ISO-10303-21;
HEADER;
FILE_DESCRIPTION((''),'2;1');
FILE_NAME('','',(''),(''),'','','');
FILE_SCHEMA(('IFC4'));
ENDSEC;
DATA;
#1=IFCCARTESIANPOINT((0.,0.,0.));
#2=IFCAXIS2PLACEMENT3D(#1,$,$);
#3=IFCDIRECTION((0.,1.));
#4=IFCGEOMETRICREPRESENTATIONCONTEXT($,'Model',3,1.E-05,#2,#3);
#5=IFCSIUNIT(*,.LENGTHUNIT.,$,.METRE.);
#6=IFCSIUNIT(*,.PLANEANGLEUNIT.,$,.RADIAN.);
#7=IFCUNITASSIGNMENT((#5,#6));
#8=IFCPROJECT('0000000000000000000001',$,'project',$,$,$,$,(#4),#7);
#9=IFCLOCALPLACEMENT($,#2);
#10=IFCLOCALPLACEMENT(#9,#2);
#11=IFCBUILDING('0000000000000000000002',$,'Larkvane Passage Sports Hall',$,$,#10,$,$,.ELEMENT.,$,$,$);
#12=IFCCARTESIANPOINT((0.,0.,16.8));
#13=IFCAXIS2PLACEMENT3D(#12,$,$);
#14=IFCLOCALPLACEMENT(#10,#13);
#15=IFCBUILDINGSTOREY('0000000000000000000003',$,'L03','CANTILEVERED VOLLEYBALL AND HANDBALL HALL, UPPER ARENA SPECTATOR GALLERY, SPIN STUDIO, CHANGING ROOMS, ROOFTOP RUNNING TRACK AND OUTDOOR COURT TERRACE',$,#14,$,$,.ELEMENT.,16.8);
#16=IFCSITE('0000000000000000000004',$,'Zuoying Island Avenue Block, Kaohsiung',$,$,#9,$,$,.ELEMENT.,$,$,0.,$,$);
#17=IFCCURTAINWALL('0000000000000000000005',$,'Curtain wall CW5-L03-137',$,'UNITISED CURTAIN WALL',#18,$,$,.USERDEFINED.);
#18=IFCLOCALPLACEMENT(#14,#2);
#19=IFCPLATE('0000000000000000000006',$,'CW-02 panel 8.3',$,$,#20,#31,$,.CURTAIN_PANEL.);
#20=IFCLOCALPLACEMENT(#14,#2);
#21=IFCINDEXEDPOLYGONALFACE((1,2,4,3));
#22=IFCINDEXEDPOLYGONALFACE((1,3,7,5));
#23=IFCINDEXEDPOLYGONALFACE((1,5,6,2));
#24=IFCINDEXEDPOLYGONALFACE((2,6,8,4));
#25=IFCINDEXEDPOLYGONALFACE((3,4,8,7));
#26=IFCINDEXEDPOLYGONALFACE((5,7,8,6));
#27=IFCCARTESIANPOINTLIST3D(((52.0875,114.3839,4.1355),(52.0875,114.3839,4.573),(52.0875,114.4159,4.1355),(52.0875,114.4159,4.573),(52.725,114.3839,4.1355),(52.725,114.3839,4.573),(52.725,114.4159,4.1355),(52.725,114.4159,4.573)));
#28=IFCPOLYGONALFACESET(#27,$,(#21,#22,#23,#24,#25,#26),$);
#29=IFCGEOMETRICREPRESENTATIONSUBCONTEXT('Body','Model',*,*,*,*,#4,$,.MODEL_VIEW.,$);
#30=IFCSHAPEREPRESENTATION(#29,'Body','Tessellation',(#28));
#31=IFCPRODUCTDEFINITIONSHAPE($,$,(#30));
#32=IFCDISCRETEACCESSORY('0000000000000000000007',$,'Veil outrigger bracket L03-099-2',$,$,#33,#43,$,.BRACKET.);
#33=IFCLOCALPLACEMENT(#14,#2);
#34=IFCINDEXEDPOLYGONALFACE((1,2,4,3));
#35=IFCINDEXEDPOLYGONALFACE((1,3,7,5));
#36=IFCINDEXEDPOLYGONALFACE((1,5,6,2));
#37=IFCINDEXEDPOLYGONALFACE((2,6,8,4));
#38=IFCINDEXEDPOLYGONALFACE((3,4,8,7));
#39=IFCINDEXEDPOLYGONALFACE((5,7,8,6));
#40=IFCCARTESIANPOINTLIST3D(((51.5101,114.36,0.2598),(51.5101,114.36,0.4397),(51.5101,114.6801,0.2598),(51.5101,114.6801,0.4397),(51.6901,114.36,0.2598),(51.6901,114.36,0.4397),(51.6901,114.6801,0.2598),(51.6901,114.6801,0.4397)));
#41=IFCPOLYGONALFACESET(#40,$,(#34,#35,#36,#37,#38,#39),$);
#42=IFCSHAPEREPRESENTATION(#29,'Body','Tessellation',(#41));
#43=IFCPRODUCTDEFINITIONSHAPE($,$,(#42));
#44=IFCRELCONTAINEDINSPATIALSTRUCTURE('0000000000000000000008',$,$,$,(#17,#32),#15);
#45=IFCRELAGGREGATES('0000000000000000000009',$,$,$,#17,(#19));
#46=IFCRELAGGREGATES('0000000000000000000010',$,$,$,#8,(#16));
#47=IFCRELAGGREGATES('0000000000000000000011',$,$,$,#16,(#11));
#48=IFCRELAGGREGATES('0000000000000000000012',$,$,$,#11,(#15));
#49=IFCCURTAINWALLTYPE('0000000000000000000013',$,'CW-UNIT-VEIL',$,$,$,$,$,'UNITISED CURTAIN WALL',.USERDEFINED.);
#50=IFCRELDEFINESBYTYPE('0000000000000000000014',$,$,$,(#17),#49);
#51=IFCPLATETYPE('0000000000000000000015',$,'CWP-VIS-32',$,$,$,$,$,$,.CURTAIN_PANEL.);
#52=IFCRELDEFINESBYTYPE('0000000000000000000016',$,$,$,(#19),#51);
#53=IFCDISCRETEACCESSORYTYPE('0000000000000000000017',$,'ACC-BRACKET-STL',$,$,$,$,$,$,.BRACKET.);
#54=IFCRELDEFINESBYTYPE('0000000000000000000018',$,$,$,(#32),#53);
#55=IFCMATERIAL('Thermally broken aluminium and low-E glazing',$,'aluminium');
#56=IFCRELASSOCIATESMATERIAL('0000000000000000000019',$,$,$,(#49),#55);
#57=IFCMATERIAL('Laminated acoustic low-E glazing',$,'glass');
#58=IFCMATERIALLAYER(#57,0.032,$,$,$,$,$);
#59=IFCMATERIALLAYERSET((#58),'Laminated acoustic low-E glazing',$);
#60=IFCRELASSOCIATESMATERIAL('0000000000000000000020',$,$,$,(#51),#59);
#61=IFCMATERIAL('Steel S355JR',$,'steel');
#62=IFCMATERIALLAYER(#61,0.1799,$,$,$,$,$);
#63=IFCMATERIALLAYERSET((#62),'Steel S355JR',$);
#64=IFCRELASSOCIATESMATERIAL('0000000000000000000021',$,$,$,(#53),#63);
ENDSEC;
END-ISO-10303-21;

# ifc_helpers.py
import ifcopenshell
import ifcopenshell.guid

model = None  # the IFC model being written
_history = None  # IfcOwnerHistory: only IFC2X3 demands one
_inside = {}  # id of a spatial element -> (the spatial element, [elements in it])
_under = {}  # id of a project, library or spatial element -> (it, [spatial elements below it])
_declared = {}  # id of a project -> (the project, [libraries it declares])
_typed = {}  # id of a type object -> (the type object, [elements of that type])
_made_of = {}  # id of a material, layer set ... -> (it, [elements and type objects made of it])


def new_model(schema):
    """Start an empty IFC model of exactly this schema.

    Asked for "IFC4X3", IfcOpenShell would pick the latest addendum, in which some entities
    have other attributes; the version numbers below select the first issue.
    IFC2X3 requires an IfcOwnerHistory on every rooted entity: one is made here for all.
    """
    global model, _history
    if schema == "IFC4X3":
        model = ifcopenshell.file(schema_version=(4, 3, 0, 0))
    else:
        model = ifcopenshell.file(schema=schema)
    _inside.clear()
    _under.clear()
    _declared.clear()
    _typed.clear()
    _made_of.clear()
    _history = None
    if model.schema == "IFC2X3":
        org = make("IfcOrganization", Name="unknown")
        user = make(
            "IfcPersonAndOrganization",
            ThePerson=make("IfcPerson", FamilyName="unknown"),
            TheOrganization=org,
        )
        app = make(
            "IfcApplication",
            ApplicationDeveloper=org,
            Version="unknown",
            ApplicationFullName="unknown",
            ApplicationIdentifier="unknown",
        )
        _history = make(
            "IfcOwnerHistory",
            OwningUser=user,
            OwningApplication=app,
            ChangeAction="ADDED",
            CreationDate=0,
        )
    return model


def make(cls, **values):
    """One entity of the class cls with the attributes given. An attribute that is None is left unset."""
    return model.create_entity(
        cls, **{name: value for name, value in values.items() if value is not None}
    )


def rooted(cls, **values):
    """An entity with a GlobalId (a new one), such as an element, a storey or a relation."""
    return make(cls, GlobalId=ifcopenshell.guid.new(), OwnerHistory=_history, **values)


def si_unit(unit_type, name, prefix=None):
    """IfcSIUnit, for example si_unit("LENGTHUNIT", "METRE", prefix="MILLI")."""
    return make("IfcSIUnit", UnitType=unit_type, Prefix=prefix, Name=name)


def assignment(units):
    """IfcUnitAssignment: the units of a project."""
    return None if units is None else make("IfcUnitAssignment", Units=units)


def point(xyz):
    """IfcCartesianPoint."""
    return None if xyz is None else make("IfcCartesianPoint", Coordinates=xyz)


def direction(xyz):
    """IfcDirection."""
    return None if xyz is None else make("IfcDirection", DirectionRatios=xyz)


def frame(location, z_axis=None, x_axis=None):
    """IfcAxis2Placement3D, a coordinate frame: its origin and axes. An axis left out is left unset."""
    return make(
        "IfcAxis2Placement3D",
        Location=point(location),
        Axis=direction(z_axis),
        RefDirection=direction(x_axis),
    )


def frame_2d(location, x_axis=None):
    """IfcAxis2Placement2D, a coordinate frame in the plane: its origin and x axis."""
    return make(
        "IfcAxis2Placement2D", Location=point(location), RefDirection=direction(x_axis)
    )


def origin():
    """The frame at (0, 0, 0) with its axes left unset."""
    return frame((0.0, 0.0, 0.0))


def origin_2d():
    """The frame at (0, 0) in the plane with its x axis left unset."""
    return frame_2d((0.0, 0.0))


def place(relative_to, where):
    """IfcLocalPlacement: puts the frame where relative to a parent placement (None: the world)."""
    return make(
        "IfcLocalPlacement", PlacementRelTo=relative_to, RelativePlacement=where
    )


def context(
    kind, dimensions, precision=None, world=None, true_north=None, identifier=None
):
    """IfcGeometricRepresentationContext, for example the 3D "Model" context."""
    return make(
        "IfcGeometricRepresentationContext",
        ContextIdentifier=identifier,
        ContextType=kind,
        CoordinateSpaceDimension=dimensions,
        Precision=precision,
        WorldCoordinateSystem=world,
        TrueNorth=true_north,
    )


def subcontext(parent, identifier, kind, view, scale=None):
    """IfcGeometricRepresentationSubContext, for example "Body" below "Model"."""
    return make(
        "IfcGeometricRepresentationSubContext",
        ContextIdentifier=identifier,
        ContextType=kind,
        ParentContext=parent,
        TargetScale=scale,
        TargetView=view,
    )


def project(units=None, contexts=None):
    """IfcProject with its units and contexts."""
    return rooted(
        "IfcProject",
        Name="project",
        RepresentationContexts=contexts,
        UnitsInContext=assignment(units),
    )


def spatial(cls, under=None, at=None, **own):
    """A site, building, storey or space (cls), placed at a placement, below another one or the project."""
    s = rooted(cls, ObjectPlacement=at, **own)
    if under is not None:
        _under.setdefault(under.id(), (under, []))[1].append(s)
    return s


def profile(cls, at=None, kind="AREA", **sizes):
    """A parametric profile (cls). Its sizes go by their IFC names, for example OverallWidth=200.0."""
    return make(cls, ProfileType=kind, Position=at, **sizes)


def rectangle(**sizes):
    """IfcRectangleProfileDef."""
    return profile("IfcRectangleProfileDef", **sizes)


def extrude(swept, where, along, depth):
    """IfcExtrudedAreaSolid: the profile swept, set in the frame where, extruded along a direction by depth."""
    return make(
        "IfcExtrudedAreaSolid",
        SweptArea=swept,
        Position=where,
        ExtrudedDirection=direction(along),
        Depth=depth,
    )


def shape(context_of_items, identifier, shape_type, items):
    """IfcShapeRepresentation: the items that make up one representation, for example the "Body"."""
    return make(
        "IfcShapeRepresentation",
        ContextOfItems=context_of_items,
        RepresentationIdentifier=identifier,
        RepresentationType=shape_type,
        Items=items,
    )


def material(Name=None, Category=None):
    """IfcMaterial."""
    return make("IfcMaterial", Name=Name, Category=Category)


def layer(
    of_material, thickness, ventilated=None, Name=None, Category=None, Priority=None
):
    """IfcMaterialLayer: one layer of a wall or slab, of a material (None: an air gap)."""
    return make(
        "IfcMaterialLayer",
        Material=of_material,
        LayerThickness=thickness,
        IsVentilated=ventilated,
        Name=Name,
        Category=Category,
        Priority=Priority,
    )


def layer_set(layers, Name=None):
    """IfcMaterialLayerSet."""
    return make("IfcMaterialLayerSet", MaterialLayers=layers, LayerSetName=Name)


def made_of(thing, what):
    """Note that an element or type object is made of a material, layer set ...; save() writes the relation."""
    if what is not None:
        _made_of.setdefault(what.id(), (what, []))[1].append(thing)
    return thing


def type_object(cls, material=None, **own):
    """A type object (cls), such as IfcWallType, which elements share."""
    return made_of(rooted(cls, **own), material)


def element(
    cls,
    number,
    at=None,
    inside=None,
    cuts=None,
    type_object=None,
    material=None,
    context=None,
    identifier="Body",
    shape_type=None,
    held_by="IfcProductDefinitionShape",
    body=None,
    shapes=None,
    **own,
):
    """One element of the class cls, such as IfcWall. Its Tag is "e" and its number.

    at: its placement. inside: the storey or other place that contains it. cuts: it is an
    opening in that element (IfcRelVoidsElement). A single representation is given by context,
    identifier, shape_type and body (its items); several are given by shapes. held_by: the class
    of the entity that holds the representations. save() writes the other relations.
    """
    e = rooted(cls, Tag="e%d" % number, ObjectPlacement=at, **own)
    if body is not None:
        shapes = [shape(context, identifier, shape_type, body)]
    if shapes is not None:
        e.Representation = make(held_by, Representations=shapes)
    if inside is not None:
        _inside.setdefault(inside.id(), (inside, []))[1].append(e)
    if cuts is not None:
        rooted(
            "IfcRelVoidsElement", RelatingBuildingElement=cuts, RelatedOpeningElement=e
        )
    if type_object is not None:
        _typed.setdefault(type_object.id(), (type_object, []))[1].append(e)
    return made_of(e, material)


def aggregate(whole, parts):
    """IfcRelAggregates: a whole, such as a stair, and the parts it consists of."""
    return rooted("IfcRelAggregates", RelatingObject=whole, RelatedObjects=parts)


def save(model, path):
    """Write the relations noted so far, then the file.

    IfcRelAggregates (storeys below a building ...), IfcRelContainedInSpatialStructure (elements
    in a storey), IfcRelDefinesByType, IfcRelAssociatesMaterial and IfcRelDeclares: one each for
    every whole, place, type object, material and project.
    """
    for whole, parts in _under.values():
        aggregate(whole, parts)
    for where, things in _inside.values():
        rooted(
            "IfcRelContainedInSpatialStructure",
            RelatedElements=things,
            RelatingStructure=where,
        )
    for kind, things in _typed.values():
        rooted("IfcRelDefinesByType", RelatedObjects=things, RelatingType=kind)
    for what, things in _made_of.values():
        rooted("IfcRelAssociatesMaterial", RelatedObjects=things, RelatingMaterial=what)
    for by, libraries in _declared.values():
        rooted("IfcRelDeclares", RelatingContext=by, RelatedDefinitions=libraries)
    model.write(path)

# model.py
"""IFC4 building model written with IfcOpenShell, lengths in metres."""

from ifc_helpers import new_model, si_unit, direction, frame, origin, origin_2d, place, context, subcontext, project, spatial, rectangle, extrude, material, layer, layer_set, type_object, element, aggregate, save


model = new_model("IFC4")

# Units and contexts
model_context = context("Model", 3, precision=1e-05, world=origin(), true_north=direction((0.0, 1.0)))
body_context = subcontext(model_context, "Body", "Model", "MODEL_VIEW")
ifc_project = project(units=[si_unit("LENGTHUNIT", "METRE"), si_unit("PLANEANGLEUNIT", "RADIAN")], contexts=[model_context])

# Site, building, storey
site_placement = place(None, origin())
site = spatial("IfcSite", under=ifc_project, at=site_placement, Name="Zuoying Island Avenue Block, Kaohsiung", CompositionType="ELEMENT", RefElevation=0.0)
building_placement = place(site_placement, origin())
building = spatial("IfcBuilding", under=site, at=building_placement, Name="Larkvane Passage Sports Hall", CompositionType="ELEMENT")
storey_placement = place(building_placement, frame((0.0, 0.0, 16.8)))
storey = spatial("IfcBuildingStorey", under=building, at=storey_placement, Name="L03", Description="CANTILEVERED VOLLEYBALL AND HANDBALL HALL, UPPER ARENA SPECTATOR GALLERY, SPIN STUDIO, CHANGING ROOMS, ROOFTOP RUNNING TRACK AND OUTDOOR COURT TERRACE", CompositionType="ELEMENT", Elevation=16.8)

# Curtain wall, plate
ifc_material_1 = material(Name="Thermally broken aluminium and low-E glazing", Category="aluminium")
curtain_wall_type = type_object("IfcCurtainWallType", Name="CW-UNIT-VEIL", ElementType="UNITISED CURTAIN WALL", PredefinedType="USERDEFINED", material=ifc_material_1)
curtain_wall_placement = place(storey_placement, origin())
curtain_wall = element("IfcCurtainWall", 1, at=curtain_wall_placement, inside=storey, type_object=curtain_wall_type, Name="Curtain wall CW5-L03-137", ObjectType="UNITISED CURTAIN WALL", PredefinedType="USERDEFINED")
ifc_material_2 = material(Name="Laminated acoustic low-E glazing", Category="glass")
ifc_layer_1 = layer(ifc_material_2, 0.032)
ifc_layer_set_1 = layer_set([ifc_layer_1], Name="Laminated acoustic low-E glazing")
plate_type_1 = type_object("IfcPlateType", Name="CWP-VIS-32", PredefinedType="CURTAIN_PANEL", material=ifc_layer_set_1)
plate_1_placement = place(storey_placement, frame((52.4062, 114.3999, 4.1355), z_axis=(0.0, 0.0, 1.0), x_axis=(1.0, 0.0, 0.0)))
plate_1 = element("IfcPlate", 2, at=plate_1_placement, type_object=plate_type_1, Name="CW-02 panel 8.3", PredefinedType="CURTAIN_PANEL", context=body_context, shape_type="SweptSolid", body=[
    extrude(rectangle(XDim=0.6375, YDim=0.032, at=origin_2d()), origin(), (0.0, 0.0, 1.0), 0.4375),
])
aggregate(curtain_wall, [plate_1])

# Discrete accessory
ifc_material_3 = material(Name="Steel S355JR", Category="steel")
ifc_layer_2 = layer(ifc_material_3, 0.1799)
ifc_layer_set_2 = layer_set([ifc_layer_2], Name="Steel S355JR")
discrete_accessory_type = type_object("IfcDiscreteAccessoryType", Name="ACC-BRACKET-STL", PredefinedType="BRACKET", material=ifc_layer_set_2)
discrete_accessory_placement = place(storey_placement, frame((51.6001, 114.52, 0.2598), z_axis=(0.0, 0.0, 1.0), x_axis=(1.0, 0.0, 0.0)))
element("IfcDiscreteAccessory", 3, at=discrete_accessory_placement, inside=storey, type_object=discrete_accessory_type, Name="Veil outrigger bracket L03-099-2", PredefinedType="BRACKET", context=body_context, shape_type="SweptSolid", body=[
    extrude(rectangle(XDim=0.1799, YDim=0.3201, at=origin_2d()), origin(), (0.0, 0.0, 1.0), 0.1799),
])

save(model, "model.ifc")
